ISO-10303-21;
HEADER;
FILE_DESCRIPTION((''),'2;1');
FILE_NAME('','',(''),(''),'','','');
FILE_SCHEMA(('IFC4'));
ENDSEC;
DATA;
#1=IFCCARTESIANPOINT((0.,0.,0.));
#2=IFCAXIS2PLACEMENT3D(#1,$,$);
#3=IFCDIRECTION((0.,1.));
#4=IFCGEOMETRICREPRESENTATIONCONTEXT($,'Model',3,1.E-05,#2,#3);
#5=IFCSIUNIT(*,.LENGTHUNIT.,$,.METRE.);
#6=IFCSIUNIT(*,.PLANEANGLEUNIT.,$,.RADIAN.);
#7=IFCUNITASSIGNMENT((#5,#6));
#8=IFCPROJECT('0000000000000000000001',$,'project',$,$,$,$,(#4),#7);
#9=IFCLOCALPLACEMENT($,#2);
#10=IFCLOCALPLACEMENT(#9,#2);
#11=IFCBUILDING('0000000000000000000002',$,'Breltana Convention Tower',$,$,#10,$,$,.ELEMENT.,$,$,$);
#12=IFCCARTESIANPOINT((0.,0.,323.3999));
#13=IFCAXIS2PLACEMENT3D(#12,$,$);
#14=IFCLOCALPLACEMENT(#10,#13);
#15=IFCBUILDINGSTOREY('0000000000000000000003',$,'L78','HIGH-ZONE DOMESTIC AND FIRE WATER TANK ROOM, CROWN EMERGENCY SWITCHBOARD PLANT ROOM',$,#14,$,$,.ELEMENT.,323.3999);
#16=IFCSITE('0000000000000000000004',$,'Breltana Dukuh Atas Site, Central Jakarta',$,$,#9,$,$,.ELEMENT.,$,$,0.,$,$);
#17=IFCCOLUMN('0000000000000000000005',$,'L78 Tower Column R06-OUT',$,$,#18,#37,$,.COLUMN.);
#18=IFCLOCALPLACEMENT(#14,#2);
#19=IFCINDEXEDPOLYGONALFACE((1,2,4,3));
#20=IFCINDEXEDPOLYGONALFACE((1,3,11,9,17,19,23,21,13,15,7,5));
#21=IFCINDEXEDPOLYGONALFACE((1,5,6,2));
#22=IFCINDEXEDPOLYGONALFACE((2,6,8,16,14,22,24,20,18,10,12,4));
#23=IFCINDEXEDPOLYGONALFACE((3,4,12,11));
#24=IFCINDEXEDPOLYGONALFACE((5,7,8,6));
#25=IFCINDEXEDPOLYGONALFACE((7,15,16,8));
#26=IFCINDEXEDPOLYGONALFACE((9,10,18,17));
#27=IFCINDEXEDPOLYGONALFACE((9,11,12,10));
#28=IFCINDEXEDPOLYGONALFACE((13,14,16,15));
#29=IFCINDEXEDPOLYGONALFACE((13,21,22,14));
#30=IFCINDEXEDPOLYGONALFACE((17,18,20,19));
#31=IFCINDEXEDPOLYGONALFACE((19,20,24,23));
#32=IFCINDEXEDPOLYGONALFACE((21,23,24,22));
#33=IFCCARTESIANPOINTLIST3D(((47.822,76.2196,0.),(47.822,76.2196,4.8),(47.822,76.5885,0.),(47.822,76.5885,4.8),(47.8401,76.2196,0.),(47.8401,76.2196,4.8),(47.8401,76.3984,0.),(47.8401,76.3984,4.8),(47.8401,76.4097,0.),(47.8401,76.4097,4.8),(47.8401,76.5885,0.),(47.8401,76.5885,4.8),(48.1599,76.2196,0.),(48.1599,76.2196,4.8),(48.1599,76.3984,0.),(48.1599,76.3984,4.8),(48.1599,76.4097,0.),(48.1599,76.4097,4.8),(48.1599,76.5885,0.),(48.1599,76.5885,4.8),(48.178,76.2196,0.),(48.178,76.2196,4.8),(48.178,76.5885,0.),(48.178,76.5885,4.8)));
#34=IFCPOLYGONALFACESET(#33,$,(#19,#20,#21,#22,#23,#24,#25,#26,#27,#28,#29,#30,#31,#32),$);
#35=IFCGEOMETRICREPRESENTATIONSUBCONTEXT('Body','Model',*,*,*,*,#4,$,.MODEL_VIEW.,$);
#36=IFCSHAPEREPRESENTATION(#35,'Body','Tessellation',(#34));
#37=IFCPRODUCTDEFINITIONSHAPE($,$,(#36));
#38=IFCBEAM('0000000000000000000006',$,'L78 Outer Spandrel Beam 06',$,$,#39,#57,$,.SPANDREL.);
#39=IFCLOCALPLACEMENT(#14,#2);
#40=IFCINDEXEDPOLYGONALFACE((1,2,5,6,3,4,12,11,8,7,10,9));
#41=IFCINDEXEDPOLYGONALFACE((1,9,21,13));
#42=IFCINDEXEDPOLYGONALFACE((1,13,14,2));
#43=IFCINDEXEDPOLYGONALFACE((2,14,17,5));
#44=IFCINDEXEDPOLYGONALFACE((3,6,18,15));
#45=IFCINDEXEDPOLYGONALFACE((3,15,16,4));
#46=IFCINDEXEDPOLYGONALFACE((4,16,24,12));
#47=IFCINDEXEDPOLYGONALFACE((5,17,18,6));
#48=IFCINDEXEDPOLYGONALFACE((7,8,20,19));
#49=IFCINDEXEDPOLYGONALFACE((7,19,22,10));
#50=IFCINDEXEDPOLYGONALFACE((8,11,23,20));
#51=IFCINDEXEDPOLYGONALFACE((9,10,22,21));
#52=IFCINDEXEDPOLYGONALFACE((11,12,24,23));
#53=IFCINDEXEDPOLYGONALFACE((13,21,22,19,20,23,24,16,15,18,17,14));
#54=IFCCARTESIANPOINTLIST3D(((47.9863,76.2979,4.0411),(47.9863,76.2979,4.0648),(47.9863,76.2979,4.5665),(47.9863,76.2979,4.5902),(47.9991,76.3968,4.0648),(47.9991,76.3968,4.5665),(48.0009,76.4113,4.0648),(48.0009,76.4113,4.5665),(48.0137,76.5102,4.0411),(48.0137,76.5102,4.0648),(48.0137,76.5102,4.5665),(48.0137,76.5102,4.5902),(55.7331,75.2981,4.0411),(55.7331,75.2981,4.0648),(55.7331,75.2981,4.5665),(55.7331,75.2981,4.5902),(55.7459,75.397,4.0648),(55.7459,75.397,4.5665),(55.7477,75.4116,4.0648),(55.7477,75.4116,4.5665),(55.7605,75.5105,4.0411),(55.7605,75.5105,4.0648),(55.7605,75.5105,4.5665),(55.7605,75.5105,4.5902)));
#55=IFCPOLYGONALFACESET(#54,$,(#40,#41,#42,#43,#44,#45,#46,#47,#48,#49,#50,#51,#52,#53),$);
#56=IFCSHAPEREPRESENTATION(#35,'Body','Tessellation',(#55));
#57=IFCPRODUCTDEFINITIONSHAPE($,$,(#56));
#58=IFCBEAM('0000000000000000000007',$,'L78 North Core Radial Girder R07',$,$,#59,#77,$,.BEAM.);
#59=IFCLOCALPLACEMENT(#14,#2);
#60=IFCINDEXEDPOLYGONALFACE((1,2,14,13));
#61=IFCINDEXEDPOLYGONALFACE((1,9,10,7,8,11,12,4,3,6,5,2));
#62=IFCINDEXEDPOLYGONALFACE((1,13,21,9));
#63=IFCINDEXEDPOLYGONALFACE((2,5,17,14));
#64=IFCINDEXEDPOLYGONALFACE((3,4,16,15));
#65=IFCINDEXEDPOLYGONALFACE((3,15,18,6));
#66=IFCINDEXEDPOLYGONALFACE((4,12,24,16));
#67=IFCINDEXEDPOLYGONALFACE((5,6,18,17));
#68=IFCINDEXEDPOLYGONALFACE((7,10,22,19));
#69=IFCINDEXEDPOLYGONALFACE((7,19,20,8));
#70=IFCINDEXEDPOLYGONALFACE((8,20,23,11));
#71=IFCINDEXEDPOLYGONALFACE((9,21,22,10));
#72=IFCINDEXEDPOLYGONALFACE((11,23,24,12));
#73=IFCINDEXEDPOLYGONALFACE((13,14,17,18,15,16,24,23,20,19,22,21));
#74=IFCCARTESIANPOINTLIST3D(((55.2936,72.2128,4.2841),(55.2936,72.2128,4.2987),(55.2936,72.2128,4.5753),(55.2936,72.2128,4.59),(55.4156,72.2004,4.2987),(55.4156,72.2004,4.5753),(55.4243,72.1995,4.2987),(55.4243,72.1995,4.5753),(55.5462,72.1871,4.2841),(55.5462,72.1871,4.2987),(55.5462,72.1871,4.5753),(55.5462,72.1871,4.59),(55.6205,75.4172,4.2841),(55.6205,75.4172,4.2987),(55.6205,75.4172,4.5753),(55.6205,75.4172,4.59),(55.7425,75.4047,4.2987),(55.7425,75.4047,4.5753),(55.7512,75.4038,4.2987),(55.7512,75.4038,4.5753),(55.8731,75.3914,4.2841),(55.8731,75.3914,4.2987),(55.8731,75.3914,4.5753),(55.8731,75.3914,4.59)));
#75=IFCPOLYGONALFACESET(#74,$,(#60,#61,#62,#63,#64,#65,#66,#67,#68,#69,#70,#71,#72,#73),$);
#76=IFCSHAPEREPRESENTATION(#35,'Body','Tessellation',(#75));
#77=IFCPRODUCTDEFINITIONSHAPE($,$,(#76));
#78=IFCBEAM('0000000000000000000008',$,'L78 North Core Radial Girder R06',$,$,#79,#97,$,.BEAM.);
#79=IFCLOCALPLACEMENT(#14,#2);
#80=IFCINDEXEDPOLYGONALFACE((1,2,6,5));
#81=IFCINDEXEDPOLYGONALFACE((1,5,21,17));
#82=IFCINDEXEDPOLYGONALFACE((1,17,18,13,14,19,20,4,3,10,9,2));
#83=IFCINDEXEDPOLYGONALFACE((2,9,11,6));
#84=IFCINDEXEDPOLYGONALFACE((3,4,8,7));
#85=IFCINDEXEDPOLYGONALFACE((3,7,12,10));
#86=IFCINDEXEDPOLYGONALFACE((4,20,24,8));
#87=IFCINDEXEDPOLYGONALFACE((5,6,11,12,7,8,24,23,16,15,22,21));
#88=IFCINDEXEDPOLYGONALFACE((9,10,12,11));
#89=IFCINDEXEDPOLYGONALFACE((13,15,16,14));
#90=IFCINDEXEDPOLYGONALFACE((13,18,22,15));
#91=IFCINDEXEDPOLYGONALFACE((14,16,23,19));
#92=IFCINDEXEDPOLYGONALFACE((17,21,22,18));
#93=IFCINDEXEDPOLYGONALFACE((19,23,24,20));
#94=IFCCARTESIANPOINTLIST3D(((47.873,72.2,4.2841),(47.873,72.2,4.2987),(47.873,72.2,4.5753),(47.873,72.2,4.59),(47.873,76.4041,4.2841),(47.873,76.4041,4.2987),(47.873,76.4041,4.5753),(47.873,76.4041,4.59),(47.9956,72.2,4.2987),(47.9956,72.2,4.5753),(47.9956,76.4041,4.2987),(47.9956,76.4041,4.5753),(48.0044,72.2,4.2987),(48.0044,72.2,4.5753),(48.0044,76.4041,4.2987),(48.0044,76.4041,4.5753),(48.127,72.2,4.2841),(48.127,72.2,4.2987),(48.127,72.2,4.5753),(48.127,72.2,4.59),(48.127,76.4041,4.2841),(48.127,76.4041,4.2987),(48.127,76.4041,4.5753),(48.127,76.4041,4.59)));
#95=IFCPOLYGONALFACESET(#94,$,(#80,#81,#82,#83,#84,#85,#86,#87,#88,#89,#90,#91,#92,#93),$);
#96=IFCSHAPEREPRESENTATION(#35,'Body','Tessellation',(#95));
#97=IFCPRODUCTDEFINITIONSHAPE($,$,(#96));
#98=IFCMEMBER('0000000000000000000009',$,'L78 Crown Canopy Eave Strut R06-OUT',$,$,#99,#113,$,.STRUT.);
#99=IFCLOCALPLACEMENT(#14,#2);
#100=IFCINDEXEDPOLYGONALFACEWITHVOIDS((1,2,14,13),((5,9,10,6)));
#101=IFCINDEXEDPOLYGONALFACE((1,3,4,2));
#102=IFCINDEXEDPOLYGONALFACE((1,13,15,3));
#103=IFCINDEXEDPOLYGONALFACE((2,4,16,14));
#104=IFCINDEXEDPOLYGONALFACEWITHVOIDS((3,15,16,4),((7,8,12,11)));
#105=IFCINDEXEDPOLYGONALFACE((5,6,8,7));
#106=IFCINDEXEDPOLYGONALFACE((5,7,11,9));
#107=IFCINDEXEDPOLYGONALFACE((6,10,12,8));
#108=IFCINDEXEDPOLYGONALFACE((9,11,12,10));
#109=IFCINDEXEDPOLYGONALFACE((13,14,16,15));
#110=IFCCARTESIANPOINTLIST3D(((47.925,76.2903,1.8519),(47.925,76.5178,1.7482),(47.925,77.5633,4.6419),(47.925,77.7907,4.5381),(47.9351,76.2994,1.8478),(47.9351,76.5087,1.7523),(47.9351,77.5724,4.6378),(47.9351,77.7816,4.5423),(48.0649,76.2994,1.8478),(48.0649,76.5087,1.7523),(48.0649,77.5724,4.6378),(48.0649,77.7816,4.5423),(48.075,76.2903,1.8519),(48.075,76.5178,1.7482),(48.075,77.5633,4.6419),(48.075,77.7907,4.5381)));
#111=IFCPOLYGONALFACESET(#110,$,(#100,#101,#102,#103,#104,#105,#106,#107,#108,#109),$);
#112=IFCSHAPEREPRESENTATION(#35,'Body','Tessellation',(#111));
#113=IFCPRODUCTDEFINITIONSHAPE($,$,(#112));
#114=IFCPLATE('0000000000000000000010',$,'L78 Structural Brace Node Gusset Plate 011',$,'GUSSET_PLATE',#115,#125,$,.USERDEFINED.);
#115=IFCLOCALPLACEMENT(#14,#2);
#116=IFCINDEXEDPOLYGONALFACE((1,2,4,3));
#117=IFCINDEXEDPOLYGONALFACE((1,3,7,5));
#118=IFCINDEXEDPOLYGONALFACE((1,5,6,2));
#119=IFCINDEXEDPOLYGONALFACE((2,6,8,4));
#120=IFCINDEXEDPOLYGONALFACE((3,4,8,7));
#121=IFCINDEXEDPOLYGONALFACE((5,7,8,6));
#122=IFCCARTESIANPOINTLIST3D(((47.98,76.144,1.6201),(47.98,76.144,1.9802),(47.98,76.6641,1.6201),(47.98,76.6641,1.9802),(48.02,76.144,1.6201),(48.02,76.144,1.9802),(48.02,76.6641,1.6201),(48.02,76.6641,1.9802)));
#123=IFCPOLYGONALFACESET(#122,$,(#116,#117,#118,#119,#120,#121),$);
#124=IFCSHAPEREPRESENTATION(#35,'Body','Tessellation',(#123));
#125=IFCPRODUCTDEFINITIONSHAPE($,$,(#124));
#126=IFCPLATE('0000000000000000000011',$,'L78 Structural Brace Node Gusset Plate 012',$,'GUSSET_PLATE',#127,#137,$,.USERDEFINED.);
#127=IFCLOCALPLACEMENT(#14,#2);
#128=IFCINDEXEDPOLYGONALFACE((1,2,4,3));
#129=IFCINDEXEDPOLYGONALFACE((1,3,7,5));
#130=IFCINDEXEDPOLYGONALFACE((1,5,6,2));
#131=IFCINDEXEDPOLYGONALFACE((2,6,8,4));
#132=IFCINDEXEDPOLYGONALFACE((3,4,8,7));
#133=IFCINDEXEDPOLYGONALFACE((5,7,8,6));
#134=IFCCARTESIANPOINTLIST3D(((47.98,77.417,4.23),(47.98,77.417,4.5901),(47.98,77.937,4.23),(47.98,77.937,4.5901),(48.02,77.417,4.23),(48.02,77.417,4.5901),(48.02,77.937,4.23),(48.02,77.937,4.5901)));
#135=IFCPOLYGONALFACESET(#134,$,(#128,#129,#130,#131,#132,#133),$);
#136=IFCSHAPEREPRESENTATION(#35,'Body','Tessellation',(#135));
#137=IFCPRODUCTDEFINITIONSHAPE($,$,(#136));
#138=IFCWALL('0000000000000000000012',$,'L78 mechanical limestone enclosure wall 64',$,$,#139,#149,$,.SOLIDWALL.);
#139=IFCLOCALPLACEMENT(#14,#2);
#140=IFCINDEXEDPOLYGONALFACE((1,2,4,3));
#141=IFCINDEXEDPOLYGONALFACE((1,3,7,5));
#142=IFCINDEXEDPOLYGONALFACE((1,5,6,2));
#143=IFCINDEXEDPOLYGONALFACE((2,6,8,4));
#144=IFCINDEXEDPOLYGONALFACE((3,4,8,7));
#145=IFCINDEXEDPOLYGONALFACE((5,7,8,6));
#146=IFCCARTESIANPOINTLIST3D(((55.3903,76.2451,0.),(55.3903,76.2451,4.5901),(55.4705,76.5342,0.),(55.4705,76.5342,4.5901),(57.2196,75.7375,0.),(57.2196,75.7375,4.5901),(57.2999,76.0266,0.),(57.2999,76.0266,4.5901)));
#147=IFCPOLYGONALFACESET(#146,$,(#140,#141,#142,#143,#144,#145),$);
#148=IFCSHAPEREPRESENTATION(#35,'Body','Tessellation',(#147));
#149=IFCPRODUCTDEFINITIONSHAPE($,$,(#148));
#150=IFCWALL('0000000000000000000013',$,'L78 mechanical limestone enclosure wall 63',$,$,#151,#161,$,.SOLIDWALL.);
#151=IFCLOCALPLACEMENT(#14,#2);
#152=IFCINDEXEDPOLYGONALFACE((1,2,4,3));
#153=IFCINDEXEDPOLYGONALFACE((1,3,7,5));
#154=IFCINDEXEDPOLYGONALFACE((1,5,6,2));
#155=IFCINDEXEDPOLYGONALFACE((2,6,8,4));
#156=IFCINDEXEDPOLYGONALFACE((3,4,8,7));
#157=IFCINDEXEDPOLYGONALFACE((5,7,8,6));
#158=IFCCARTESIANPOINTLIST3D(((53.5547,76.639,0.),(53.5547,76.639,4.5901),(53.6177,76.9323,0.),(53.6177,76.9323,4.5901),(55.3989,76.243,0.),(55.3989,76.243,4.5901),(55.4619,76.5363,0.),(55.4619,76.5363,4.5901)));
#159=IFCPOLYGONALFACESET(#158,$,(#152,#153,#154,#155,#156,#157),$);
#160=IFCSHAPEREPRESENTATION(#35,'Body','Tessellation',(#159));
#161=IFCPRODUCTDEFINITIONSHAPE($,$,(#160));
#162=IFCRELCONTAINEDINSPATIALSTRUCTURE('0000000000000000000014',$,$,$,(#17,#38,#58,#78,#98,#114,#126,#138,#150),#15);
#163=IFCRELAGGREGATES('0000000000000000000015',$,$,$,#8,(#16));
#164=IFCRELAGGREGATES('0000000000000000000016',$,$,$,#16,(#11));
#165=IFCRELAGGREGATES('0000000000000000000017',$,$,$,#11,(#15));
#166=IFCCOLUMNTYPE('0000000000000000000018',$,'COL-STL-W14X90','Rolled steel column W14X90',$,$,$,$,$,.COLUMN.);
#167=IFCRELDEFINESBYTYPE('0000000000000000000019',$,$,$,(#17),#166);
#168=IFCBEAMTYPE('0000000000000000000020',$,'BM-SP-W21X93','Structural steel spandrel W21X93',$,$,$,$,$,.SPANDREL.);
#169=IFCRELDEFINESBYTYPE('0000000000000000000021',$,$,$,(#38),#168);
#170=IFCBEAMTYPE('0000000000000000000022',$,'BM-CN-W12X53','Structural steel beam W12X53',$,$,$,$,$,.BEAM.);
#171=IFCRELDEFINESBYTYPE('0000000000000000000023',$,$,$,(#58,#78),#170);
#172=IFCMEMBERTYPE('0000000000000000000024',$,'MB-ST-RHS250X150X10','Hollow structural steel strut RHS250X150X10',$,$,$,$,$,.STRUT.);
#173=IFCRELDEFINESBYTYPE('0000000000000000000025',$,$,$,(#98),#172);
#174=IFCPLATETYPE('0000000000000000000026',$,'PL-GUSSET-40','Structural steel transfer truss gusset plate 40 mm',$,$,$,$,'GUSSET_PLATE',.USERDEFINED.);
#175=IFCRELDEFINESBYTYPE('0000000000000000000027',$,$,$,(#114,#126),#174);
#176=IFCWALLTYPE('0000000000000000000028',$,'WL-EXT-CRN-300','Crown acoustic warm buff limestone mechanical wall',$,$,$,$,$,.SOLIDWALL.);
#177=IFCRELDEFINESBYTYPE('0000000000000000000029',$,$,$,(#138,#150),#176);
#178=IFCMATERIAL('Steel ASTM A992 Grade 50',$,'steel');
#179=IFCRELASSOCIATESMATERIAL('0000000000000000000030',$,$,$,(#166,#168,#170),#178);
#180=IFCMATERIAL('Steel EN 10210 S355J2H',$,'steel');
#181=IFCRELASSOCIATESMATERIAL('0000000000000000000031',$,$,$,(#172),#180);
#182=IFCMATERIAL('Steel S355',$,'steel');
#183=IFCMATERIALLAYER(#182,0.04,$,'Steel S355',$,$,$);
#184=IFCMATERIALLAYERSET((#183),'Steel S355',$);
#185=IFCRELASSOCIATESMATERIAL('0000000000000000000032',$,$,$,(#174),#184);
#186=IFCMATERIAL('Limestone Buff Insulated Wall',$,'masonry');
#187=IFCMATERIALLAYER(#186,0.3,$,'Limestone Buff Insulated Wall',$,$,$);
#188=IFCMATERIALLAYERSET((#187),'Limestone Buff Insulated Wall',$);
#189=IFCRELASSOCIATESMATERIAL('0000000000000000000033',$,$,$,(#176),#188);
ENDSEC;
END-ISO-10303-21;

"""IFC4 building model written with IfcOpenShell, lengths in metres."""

from ifc_helpers import new_model, si_unit, direction, frame, frame_2d, origin, origin_2d, place, context, subcontext, project, spatial, rectangle, hollow_rectangle, i_section, extrude, source, transform, mapped, material, layer, layer_set, material_profile, profile_set, type_object, type_shapes, element, save


model = new_model("IFC4")

# Units and contexts
model_context = context("Model", 3, precision=1e-05, world=origin(), true_north=direction((0.0, 1.0)))
body_context = subcontext(model_context, "Body", "Model", "MODEL_VIEW")
ifc_project = project(units=[si_unit("LENGTHUNIT", "METRE"), si_unit("PLANEANGLEUNIT", "RADIAN")], contexts=[model_context])

# Site, building, storey
site_placement = place(None, origin())
site = spatial("IfcSite", under=ifc_project, at=site_placement, Name="Breltana Dukuh Atas Site, Central Jakarta", CompositionType="ELEMENT", RefElevation=0.0)
building_placement = place(site_placement, origin())
building = spatial("IfcBuilding", under=site, at=building_placement, Name="Breltana Convention Tower", CompositionType="ELEMENT")
storey_placement = place(building_placement, frame((0.0, 0.0, 323.3999)))
storey = spatial("IfcBuildingStorey", under=building, at=storey_placement, Name="L78", Description="HIGH-ZONE DOMESTIC AND FIRE WATER TANK ROOM, CROWN EMERGENCY SWITCHBOARD PLANT ROOM", CompositionType="ELEMENT", Elevation=323.3999)

# Column
ifc_material_1 = material(Name="Steel ASTM A992 Grade 50", Category="steel")
ifc_material_profile_1 = material_profile(ifc_material_1, i_section(OverallWidth=0.3689, OverallDepth=0.356, WebThickness=0.0112, FlangeThickness=0.0181, at=origin_2d()), Name="W14X90")
ifc_profile_set_1 = profile_set([ifc_material_profile_1], Name="Steel ASTM A992 Grade 50")
column_type = type_object("IfcColumnType", Name="COL-STL-W14X90", Description="Rolled steel column W14X90", PredefinedType="COLUMN", material=ifc_profile_set_1)
shared_shape_1 = source(origin(), body_context, "Body", "SweptSolid", [
    extrude(i_section(OverallWidth=0.3689, OverallDepth=0.356, WebThickness=0.0112, FlangeThickness=0.0181, at=origin_2d()), origin(), (0.0, 0.0, 1.0), 4.8),
])
type_shapes(column_type, [shared_shape_1])
column_placement = place(storey_placement, frame((48.0, 76.4041, 0.0), z_axis=(0.0, 0.0, 1.0), x_axis=(0.0, 1.0, 0.0)))
element("IfcColumn", 1, at=column_placement, inside=storey, type_object=column_type, Name="L78 Tower Column R06-OUT", PredefinedType="COLUMN", context=body_context, shape_type="MappedRepresentation", body=[
    mapped(shared_shape_1, transform((0.0, 0.0, 0.0), scale=1.0)),
])

# Beams
ifc_material_profile_2 = material_profile(ifc_material_1, i_section(OverallWidth=0.2141, OverallDepth=0.5491, WebThickness=0.0146, FlangeThickness=0.0237, at=origin_2d()), Name="W21X93")
ifc_profile_set_2 = profile_set([ifc_material_profile_2], Name="Steel ASTM A992 Grade 50")
beam_type_1 = type_object("IfcBeamType", Name="BM-SP-W21X93", Description="Structural steel spandrel W21X93", PredefinedType="SPANDREL", material=ifc_profile_set_2)
shared_shape_2 = source(origin(), body_context, "Body", "SweptSolid", [
    extrude(i_section(OverallWidth=0.2141, OverallDepth=0.5491, WebThickness=0.0146, FlangeThickness=0.0237, at=origin_2d()), origin(), (0.0, 0.0, 1.0), 7.811),
])
beam_1_placement = place(storey_placement, frame((48.0, 76.4041, 4.3157), z_axis=(0.991775, -0.127992, 0.0), x_axis=(0.127992, 0.991775, 0.0)))
element("IfcBeam", 2, at=beam_1_placement, inside=storey, type_object=beam_type_1, Name="L78 Outer Spandrel Beam 06", PredefinedType="SPANDREL", context=body_context, shape_type="MappedRepresentation", body=[
    mapped(shared_shape_2, transform((0.0, 0.0, 0.0), scale=1.0)),
])
ifc_material_profile_3 = material_profile(ifc_material_1, i_section(OverallWidth=0.2539, OverallDepth=0.3059, WebThickness=0.0088, FlangeThickness=0.0146, at=origin_2d()), Name="W12X53")
ifc_profile_set_3 = profile_set([ifc_material_profile_3], Name="Steel ASTM A992 Grade 50")
beam_type_2 = type_object("IfcBeamType", Name="BM-CN-W12X53", Description="Structural steel beam W12X53", PredefinedType="BEAM", material=ifc_profile_set_3)
shared_shape_3 = source(origin(), body_context, "Body", "SweptSolid", [
    extrude(i_section(OverallWidth=0.2539, OverallDepth=0.3059, WebThickness=0.0088, FlangeThickness=0.0146, at=origin_2d()), origin(), (0.0, 0.0, 1.0), 3.2209),
])
beam_2_placement = place(storey_placement, frame((55.4199, 72.2, 4.437), z_axis=(0.101492, 0.994836, 0.0), x_axis=(-0.994836, 0.101492, 0.0)))
element("IfcBeam", 3, at=beam_2_placement, inside=storey, type_object=beam_type_2, Name="L78 North Core Radial Girder R07", PredefinedType="BEAM", context=body_context, shape_type="MappedRepresentation", body=[
    mapped(shared_shape_3, transform((0.0, 0.0, 0.0), scale=1.0)),
])
shared_shape_4 = source(origin(), body_context, "Body", "SweptSolid", [
    extrude(i_section(OverallWidth=0.2539, OverallDepth=0.3059, WebThickness=0.0088, FlangeThickness=0.0146, at=origin_2d()), origin(), (0.0, 0.0, 1.0), 4.2041),
])
beam_3_placement = place(storey_placement, frame((48.0, 72.2, 4.437), z_axis=(0.0, 1.0, 0.0), x_axis=(-1.0, 0.0, 0.0)))
element("IfcBeam", 4, at=beam_3_placement, inside=storey, type_object=beam_type_2, Name="L78 North Core Radial Girder R06", PredefinedType="BEAM", context=body_context, shape_type="MappedRepresentation", body=[
    mapped(shared_shape_4, transform((0.0, 0.0, 0.0), scale=1.0)),
])

# Member
ifc_material_2 = material(Name="Steel EN 10210 S355J2H", Category="steel")
ifc_material_profile_4 = material_profile(ifc_material_2, hollow_rectangle(XDim=0.1499, YDim=0.25, WallThickness=0.01, at=origin_2d()), Name="RHS250X150X10")
ifc_profile_set_4 = profile_set([ifc_material_profile_4], Name="Steel EN 10210 S355J2H")
member_type = type_object("IfcMemberType", Name="MB-ST-RHS250X150X10", Description="Hollow structural steel strut RHS250X150X10", PredefinedType="STRUT", material=ifc_profile_set_4)
shared_shape_5 = source(origin(), body_context, "Body", "SweptSolid", [
    extrude(hollow_rectangle(XDim=0.1499, YDim=0.25, WallThickness=0.01, at=origin_2d()), origin(), (0.0, 0.0, 1.0), 3.0667),
])
member_placement = place(storey_placement, frame((48.0, 76.4041, 1.8), z_axis=(0.0, 0.415086, 0.909782), x_axis=(-1.0, 0.0, 0.0)))
element("IfcMember", 5, at=member_placement, inside=storey, type_object=member_type, Name="L78 Crown Canopy Eave Strut R06-OUT", PredefinedType="STRUT", context=body_context, shape_type="MappedRepresentation", body=[
    mapped(shared_shape_5, transform((0.0, 0.0, 0.0), scale=1.0)),
])

# Plates
ifc_material_3 = material(Name="Steel S355", Category="steel")
ifc_layer_1 = layer(ifc_material_3, 0.04, Name="Steel S355")
ifc_layer_set_1 = layer_set([ifc_layer_1], Name="Steel S355")
plate_type = type_object("IfcPlateType", Name="PL-GUSSET-40", Description="Structural steel transfer truss gusset plate 40 mm", ElementType="GUSSET_PLATE", PredefinedType="USERDEFINED", material=ifc_layer_set_1)
shared_shape_6 = source(origin(), body_context, "Body", "SweptSolid", [
    extrude(rectangle(XDim=0.52, YDim=0.04, at=origin_2d()), origin(), (0.0, 0.0, 1.0), 0.3601),
])
for number, where, z_axis, x_axis, name in (
    (6, (48.0, 76.4041, 1.6201), (0.0, 0.0, 1.0), (0.0, 1.0, 0.0), "L78 Structural Brace Node Gusset Plate 011"),
    (7, (48.0, 77.677, 4.23), (0.0, 0.0, 1.0), (0.0, 1.0, 0.0), "L78 Structural Brace Node Gusset Plate 012"),
):
    element("IfcPlate", number, at=place(storey_placement, frame(where, z_axis=z_axis, x_axis=x_axis)), inside=storey, type_object=plate_type, Name=name, ObjectType="GUSSET_PLATE", PredefinedType="USERDEFINED", context=body_context, shape_type="MappedRepresentation", body=[
        mapped(shared_shape_6, transform((0.0, 0.0, 0.0), scale=1.0)),
    ])

# Walls
ifc_material_4 = material(Name="Limestone Buff Insulated Wall", Category="masonry")
ifc_layer_2 = layer(ifc_material_4, 0.3, Name="Limestone Buff Insulated Wall")
ifc_layer_set_2 = layer_set([ifc_layer_2], Name="Limestone Buff Insulated Wall")
wall_type_1 = type_object("IfcWallType", Name="WL-EXT-CRN-300", Description="Crown acoustic warm buff limestone mechanical wall", PredefinedType="SOLIDWALL", material=ifc_layer_set_2)
shared_shape_7 = source(origin(), body_context, "Body", "SweptSolid", [
    extrude(rectangle(XDim=1.8984, YDim=0.3, at=frame_2d((0.9492, 0.0))), origin(), (0.0, 0.0, 1.0), 4.5901),
])
wall_1_placement = place(storey_placement, frame((55.4304, 76.3896, 0.0), z_axis=(0.0, 0.0, 1.0), x_axis=(0.963597, -0.267359, 0.0)))
element("IfcWall", 8, at=wall_1_placement, inside=storey, type_object=wall_type_1, Name="L78 mechanical limestone enclosure wall 64", PredefinedType="SOLIDWALL", context=body_context, shape_type="MappedRepresentation", body=[
    mapped(shared_shape_7, transform((0.0, 0.0, 0.0), scale=1.0)),
])
shared_shape_8 = source(origin(), body_context, "Body", "SweptSolid", [
    extrude(rectangle(XDim=1.8862, YDim=0.3, at=frame_2d((0.9431, 0.0))), origin(), (0.0, 0.0, 1.0), 4.5901),
])
wall_2_placement = place(storey_placement, frame((53.5862, 76.7856, 0.0), z_axis=(0.0, 0.0, 1.0), x_axis=(0.977715, -0.209936, 0.0)))
element("IfcWall", 9, at=wall_2_placement, inside=storey, type_object=wall_type_1, Name="L78 mechanical limestone enclosure wall 63", PredefinedType="SOLIDWALL", context=body_context, shape_type="MappedRepresentation", body=[
    mapped(shared_shape_8, transform((0.0, 0.0, 0.0), scale=1.0)),
])

save(model, "model.ifc")
